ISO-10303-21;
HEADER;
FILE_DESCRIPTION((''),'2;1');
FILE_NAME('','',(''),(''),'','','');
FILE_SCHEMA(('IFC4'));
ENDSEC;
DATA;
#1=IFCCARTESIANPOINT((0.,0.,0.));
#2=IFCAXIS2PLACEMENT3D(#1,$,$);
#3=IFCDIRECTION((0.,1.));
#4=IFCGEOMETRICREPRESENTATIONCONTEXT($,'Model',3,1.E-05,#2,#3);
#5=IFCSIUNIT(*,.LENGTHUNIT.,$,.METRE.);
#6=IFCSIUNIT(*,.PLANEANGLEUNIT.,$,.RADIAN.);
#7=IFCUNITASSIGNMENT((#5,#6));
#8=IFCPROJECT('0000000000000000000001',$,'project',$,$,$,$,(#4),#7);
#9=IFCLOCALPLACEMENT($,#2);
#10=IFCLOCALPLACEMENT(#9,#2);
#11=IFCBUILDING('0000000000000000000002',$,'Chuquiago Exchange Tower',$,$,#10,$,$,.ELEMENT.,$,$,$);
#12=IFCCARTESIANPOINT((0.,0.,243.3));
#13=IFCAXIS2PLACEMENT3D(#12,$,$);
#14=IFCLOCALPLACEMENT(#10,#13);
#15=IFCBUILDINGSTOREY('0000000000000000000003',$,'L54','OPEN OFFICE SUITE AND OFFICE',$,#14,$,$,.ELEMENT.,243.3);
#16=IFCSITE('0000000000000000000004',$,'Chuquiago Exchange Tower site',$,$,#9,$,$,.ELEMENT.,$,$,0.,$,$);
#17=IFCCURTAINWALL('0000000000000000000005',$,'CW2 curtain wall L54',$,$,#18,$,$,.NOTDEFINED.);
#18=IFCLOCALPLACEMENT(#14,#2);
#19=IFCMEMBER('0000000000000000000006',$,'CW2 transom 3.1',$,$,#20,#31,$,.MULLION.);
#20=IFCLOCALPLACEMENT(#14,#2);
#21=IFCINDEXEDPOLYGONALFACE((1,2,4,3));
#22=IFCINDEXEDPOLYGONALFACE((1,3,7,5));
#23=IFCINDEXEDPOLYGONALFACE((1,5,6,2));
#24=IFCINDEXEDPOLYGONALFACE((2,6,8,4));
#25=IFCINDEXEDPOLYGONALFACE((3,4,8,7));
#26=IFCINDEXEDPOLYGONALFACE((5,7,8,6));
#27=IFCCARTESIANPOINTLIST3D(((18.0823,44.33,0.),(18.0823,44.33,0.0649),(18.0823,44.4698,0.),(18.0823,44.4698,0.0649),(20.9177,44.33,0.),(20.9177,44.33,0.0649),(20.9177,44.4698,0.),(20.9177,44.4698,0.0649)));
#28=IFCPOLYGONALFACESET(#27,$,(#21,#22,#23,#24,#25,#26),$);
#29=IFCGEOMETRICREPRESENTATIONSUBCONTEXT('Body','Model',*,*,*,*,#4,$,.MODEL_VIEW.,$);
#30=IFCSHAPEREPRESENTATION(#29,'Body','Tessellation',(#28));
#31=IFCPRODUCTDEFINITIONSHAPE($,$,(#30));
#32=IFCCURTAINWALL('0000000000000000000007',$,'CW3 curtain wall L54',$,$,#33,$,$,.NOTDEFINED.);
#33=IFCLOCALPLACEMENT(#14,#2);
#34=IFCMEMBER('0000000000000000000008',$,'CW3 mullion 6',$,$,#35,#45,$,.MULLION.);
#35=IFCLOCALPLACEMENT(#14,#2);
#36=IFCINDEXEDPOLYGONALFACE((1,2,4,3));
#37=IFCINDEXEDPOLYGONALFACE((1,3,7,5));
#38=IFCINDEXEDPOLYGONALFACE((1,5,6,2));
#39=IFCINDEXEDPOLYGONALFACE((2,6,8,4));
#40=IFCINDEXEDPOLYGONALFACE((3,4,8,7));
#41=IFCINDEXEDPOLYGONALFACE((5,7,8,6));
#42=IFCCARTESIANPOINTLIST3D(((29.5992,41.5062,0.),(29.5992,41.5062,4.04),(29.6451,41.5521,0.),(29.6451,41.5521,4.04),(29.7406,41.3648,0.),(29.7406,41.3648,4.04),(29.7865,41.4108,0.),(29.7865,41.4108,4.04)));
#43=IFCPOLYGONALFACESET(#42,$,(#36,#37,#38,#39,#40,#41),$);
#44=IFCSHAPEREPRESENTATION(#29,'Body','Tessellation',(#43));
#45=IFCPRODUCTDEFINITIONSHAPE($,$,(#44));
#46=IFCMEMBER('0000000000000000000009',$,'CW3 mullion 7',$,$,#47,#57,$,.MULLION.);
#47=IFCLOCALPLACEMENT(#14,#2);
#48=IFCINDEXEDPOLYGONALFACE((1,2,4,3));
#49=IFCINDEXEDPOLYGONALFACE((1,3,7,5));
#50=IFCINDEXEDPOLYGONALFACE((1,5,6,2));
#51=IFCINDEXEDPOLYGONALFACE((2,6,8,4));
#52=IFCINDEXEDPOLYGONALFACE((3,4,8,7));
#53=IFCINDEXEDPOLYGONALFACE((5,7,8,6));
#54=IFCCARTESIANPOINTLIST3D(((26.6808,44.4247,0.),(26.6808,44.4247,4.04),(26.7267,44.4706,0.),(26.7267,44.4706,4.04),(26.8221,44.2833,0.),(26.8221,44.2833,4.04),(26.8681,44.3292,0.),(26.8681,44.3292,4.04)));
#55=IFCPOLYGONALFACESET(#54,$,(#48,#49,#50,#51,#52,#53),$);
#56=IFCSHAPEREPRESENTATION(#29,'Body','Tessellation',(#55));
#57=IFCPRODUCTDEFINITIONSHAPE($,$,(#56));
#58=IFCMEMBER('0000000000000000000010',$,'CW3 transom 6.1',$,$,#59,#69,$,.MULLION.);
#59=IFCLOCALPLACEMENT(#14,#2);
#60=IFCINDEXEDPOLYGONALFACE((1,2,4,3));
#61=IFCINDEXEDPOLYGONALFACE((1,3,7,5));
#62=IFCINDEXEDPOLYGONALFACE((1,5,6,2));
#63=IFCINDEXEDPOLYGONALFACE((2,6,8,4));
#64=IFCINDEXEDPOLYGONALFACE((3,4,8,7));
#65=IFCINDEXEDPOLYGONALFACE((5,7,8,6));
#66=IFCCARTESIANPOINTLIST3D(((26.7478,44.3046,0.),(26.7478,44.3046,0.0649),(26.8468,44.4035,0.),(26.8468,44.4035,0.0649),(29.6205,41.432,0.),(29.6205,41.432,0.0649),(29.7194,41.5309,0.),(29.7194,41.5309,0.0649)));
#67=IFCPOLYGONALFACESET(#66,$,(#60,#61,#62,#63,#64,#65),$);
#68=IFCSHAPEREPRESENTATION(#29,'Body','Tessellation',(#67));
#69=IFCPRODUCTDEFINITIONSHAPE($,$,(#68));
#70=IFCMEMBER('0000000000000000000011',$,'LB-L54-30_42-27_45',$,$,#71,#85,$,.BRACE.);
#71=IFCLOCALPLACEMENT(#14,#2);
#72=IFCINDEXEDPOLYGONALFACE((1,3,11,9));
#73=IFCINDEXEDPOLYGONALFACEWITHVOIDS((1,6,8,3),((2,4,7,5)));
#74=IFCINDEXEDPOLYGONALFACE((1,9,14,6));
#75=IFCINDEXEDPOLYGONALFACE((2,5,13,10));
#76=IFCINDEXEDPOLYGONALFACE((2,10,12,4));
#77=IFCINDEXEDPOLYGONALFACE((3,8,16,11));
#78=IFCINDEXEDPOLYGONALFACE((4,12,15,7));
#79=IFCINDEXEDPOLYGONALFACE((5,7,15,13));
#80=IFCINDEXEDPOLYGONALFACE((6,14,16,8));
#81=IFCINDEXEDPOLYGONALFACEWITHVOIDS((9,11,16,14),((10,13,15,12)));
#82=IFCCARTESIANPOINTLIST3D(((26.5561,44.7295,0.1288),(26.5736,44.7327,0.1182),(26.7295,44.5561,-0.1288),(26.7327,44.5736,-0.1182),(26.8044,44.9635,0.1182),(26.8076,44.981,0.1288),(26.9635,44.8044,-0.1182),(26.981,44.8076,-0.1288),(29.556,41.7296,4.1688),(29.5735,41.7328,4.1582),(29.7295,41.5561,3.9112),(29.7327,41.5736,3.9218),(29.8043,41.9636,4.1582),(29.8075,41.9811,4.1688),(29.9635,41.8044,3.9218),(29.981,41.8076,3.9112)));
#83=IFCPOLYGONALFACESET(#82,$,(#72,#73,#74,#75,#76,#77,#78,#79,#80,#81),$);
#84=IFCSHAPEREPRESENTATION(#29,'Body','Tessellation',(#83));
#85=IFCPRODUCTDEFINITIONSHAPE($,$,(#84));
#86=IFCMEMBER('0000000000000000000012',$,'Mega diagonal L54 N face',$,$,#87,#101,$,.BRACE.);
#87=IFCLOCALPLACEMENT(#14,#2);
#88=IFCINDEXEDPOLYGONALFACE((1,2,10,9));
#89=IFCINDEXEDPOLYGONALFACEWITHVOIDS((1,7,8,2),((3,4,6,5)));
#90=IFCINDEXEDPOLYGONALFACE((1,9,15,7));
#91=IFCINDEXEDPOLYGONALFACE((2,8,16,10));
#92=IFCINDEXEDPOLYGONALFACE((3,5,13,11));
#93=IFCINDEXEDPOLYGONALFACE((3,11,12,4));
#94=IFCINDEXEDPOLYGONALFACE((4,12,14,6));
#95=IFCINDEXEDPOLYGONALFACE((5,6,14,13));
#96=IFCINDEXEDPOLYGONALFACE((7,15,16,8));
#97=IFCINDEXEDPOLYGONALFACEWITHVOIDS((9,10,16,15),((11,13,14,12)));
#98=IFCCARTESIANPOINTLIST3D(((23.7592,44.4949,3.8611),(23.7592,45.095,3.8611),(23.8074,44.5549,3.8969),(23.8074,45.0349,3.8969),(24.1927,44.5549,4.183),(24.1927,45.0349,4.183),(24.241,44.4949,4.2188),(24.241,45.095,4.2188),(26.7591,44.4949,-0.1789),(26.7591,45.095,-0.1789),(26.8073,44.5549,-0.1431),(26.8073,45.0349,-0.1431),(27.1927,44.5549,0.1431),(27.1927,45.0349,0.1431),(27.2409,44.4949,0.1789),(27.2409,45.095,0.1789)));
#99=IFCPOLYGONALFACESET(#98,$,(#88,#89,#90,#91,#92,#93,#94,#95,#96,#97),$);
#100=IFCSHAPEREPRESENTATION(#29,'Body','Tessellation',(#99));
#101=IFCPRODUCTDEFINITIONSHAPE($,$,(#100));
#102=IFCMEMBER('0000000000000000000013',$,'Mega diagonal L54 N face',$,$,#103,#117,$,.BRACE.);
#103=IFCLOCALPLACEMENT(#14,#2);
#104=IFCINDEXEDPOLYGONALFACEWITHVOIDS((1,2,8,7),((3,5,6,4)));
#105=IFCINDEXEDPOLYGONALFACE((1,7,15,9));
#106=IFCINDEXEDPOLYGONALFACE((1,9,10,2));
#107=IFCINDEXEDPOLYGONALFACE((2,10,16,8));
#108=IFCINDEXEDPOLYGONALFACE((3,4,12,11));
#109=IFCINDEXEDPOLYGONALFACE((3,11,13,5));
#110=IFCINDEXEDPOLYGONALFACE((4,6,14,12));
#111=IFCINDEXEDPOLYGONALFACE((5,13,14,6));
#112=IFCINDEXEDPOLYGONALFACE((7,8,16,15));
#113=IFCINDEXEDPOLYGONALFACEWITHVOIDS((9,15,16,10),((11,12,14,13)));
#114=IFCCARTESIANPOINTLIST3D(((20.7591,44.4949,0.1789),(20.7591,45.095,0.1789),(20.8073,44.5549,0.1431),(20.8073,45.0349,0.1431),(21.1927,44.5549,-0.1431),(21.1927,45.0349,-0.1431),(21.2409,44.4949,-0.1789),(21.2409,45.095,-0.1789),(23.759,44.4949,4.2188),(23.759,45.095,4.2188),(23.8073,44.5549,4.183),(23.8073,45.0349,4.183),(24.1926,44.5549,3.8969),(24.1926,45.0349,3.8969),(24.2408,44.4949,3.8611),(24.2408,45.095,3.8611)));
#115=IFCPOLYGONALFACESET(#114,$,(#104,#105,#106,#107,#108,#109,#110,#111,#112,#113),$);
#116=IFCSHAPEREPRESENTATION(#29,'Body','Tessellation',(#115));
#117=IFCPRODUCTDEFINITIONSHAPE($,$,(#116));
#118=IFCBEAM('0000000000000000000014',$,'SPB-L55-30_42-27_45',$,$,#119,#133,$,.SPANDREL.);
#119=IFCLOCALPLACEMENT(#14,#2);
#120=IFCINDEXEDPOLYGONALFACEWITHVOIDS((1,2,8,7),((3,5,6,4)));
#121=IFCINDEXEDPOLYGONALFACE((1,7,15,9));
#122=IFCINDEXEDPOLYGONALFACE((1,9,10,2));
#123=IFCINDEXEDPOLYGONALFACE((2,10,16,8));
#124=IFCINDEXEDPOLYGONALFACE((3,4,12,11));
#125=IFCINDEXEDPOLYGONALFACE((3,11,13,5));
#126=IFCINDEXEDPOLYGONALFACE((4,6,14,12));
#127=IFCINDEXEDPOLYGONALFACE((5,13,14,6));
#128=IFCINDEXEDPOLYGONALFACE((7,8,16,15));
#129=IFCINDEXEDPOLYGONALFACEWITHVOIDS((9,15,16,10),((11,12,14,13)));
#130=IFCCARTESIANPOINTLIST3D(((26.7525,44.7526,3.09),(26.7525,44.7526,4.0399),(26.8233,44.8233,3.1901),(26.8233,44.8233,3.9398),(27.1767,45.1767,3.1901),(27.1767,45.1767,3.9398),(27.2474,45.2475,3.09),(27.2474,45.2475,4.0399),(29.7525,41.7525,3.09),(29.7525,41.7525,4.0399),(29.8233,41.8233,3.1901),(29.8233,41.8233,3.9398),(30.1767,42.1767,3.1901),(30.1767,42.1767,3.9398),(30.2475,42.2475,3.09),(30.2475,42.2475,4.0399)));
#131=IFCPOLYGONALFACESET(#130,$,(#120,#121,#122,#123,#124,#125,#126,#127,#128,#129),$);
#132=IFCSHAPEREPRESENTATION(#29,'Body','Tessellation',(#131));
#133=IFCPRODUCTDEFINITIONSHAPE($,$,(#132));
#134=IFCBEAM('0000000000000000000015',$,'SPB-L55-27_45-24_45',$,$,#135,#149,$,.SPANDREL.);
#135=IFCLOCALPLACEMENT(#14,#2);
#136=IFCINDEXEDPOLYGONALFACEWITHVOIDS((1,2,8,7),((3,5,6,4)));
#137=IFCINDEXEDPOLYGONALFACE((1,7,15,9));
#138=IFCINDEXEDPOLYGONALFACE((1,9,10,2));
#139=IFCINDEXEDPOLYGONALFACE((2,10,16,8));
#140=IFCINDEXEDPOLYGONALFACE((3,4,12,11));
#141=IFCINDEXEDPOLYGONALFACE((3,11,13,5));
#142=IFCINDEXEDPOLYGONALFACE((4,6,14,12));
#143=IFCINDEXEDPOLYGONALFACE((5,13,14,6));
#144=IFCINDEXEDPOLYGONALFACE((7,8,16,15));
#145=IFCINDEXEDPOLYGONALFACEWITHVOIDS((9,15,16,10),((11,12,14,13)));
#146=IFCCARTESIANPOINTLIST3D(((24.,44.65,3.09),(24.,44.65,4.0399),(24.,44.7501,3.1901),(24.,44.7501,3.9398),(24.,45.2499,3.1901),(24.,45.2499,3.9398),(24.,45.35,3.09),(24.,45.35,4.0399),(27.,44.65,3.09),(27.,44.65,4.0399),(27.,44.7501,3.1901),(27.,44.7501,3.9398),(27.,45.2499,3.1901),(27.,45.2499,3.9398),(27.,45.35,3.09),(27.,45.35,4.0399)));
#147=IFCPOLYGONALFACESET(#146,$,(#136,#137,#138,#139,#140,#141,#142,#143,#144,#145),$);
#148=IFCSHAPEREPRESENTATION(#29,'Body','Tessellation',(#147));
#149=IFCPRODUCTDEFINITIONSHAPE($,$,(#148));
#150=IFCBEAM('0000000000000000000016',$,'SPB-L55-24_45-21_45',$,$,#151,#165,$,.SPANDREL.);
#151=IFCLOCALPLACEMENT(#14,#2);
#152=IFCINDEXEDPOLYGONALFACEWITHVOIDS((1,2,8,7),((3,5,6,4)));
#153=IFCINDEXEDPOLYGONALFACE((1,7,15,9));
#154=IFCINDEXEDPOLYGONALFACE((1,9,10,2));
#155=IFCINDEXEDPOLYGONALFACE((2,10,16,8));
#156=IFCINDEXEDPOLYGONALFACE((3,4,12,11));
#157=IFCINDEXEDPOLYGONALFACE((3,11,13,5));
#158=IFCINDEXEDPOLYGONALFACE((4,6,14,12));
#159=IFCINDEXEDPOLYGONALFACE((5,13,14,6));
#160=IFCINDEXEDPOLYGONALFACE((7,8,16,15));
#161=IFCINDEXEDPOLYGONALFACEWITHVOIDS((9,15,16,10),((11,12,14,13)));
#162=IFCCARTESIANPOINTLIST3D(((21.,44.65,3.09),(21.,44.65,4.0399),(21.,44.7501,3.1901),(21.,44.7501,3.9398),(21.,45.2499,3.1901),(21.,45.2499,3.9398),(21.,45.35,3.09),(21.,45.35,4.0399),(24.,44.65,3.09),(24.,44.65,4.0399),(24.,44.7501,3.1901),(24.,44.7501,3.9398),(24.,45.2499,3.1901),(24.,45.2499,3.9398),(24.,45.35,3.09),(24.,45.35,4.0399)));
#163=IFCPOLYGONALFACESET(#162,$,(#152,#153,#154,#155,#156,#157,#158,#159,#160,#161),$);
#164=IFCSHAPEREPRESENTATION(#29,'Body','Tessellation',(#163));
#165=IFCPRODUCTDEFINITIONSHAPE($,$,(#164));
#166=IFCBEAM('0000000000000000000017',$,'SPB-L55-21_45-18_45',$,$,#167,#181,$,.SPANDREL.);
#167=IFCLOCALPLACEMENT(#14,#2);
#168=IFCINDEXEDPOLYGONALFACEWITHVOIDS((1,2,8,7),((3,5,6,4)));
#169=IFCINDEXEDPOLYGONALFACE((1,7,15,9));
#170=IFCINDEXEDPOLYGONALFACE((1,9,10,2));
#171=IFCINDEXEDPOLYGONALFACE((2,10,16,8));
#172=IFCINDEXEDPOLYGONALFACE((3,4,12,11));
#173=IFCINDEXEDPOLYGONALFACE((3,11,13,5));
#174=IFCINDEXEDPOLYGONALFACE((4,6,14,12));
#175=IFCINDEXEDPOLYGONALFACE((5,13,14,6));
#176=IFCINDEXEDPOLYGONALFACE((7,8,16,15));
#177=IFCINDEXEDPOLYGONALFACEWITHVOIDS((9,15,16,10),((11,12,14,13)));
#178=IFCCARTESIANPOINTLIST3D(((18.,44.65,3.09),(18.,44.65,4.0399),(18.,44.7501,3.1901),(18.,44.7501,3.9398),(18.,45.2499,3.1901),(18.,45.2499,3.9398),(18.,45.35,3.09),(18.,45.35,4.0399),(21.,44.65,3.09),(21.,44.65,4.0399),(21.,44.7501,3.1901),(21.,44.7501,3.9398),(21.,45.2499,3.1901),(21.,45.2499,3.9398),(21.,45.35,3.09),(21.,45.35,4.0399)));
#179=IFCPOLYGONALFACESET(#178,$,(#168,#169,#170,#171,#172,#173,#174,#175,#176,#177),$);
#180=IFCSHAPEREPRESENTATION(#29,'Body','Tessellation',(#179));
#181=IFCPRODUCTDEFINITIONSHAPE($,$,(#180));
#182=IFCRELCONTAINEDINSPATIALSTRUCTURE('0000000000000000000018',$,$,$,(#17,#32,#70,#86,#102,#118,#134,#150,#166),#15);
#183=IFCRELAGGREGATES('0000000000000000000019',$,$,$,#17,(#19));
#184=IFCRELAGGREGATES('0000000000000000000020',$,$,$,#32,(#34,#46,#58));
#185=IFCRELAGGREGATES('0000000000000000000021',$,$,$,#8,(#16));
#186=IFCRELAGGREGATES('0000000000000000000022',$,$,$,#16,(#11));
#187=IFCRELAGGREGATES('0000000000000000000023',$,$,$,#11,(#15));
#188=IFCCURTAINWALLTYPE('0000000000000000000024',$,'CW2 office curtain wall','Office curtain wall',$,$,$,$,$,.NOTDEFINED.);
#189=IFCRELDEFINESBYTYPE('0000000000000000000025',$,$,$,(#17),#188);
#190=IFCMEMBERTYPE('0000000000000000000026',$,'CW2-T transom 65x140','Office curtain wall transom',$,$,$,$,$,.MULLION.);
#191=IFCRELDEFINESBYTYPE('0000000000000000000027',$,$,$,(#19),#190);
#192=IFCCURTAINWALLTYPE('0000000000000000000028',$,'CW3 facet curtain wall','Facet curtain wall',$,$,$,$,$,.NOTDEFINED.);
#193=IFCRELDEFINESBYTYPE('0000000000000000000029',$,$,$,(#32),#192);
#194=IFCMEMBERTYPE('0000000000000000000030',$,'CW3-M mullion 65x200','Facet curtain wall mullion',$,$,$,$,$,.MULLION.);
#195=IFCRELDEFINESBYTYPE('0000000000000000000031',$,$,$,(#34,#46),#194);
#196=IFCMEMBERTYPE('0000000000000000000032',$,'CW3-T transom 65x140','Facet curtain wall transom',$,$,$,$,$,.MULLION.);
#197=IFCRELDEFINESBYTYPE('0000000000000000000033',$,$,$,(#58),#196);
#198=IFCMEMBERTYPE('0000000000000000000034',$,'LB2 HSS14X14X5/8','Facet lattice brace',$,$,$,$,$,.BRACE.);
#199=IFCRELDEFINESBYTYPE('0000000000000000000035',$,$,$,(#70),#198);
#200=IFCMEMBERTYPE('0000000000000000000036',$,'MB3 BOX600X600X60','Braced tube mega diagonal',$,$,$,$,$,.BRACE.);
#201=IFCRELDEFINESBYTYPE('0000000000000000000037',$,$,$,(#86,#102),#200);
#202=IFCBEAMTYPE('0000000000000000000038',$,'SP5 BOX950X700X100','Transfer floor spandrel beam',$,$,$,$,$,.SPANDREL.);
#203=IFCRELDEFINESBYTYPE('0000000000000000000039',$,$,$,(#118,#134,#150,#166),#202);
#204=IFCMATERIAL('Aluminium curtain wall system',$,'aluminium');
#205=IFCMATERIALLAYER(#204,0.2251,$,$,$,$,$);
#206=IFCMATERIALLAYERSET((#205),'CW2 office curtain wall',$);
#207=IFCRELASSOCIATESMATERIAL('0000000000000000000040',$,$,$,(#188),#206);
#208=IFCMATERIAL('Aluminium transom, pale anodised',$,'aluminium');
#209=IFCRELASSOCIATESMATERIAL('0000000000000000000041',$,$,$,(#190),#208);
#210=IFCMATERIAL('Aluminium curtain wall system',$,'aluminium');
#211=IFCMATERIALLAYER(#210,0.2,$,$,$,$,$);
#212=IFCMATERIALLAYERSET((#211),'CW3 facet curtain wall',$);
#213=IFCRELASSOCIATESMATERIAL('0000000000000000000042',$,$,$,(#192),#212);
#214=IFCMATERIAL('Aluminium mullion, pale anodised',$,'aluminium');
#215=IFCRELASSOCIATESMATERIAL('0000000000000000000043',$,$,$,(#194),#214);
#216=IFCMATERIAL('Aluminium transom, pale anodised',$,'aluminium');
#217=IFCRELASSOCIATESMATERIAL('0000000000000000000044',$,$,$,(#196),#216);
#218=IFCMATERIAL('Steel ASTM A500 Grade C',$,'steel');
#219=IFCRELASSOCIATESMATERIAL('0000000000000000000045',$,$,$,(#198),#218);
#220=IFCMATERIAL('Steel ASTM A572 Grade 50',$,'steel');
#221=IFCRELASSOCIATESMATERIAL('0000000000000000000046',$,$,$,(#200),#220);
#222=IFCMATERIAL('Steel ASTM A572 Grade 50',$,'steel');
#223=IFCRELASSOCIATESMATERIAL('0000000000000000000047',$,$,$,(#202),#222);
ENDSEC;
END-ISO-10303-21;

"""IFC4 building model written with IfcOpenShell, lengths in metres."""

from ifc_helpers import new_model, si_unit, direction, frame, origin, origin_2d, place, context, subcontext, project, spatial, rectangle, hollow_rectangle, extrude, material, layer, layer_set, material_profile, profile_set, type_object, element, aggregate, save


model = new_model("IFC4")

# Units and contexts
model_context = context("Model", 3, precision=1e-05, world=origin(), true_north=direction((0.0, 1.0)))
body_context = subcontext(model_context, "Body", "Model", "MODEL_VIEW")
ifc_project = project(units=[si_unit("LENGTHUNIT", "METRE"), si_unit("PLANEANGLEUNIT", "RADIAN")], contexts=[model_context])

# Site, building, storey
site_placement = place(None, origin())
site = spatial("IfcSite", under=ifc_project, at=site_placement, Name="Chuquiago Exchange Tower site", CompositionType="ELEMENT", RefElevation=0.0)
building_placement = place(site_placement, origin())
building = spatial("IfcBuilding", under=site, at=building_placement, Name="Chuquiago Exchange Tower", CompositionType="ELEMENT")
storey_placement = place(building_placement, frame((0.0, 0.0, 243.3)))
storey = spatial("IfcBuildingStorey", under=building, at=storey_placement, Name="L54", Description="OPEN OFFICE SUITE AND OFFICE", CompositionType="ELEMENT", Elevation=243.3)

# Curtain walls, members
ifc_material_1 = material(Name="Aluminium curtain wall system", Category="aluminium")
ifc_layer_1 = layer(ifc_material_1, 0.2251)
ifc_layer_set_1 = layer_set([ifc_layer_1], Name="CW2 office curtain wall")
curtain_wall_type_1 = type_object("IfcCurtainWallType", Name="CW2 office curtain wall", Description="Office curtain wall", PredefinedType="NOTDEFINED", material=ifc_layer_set_1)
curtain_wall_1_placement = place(storey_placement, origin())
curtain_wall_1 = element("IfcCurtainWall", 1, at=curtain_wall_1_placement, inside=storey, type_object=curtain_wall_type_1, Name="CW2 curtain wall L54", PredefinedType="NOTDEFINED")
ifc_material_2 = material(Name="Aluminium transom, pale anodised", Category="aluminium")
ifc_material_profile_1 = material_profile(ifc_material_2, rectangle(XDim=0.1399, YDim=0.0649, at=origin_2d()), Name="AL 140x65")
ifc_profile_set_1 = profile_set([ifc_material_profile_1], Name="Aluminium transom, pale anodised")
member_type_1 = type_object("IfcMemberType", Name="CW2-T transom 65x140", Description="Office curtain wall transom", PredefinedType="MULLION", material=ifc_profile_set_1)
member_1_placement = place(storey_placement, frame((20.9177, 44.3999, 0.0325), z_axis=(-1.0, 0.0, 0.0), x_axis=(0.0, -1.0, 0.0)))
member_1 = element("IfcMember", 2, at=member_1_placement, type_object=member_type_1, Name="CW2 transom 3.1", PredefinedType="MULLION", context=body_context, shape_type="SweptSolid", body=[
    extrude(rectangle(XDim=0.1399, YDim=0.0649, at=origin_2d()), origin(), (0.0, 0.0, 1.0), 2.8354),
])
ifc_material_3 = material(Name="Aluminium curtain wall system", Category="aluminium")
ifc_layer_2 = layer(ifc_material_3, 0.2)
ifc_layer_set_2 = layer_set([ifc_layer_2], Name="CW3 facet curtain wall")
curtain_wall_type_2 = type_object("IfcCurtainWallType", Name="CW3 facet curtain wall", Description="Facet curtain wall", PredefinedType="NOTDEFINED", material=ifc_layer_set_2)
curtain_wall_2_placement = place(storey_placement, origin())
curtain_wall_2 = element("IfcCurtainWall", 3, at=curtain_wall_2_placement, inside=storey, type_object=curtain_wall_type_2, Name="CW3 curtain wall L54", PredefinedType="NOTDEFINED")
ifc_material_4 = material(Name="Aluminium mullion, pale anodised", Category="aluminium")
ifc_material_profile_2 = material_profile(ifc_material_4, rectangle(XDim=0.0649, YDim=0.2, at=origin_2d()), Name="AL 65x200")
ifc_profile_set_2 = profile_set([ifc_material_profile_2], Name="Aluminium mullion, pale anodised")
member_type_2 = type_object("IfcMemberType", Name="CW3-M mullion 65x200", Description="Facet curtain wall mullion", PredefinedType="MULLION", material=ifc_profile_set_2)
member_2_placement = place(storey_placement, frame((29.6929, 41.4585, 0.0), z_axis=(0.0, 0.0, 1.0), x_axis=(-0.707107, -0.707107, 0.0)))
member_2 = element("IfcMember", 4, at=member_2_placement, type_object=member_type_2, Name="CW3 mullion 6", PredefinedType="MULLION", context=body_context, shape_type="SweptSolid", body=[
    extrude(rectangle(XDim=0.0649, YDim=0.2, at=origin_2d()), origin(), (0.0, 0.0, 1.0), 4.04),
])
member_3_placement = place(storey_placement, frame((26.7744, 44.377, 0.0), z_axis=(0.0, 0.0, 1.0), x_axis=(-0.707107, -0.707107, 0.0)))
member_3 = element("IfcMember", 5, at=member_3_placement, type_object=member_type_2, Name="CW3 mullion 7", PredefinedType="MULLION", context=body_context, shape_type="SweptSolid", body=[
    extrude(rectangle(XDim=0.0649, YDim=0.2, at=origin_2d()), origin(), (0.0, 0.0, 1.0), 4.04),
])
ifc_material_5 = material(Name="Aluminium transom, pale anodised", Category="aluminium")
ifc_material_profile_3 = material_profile(ifc_material_5, rectangle(XDim=0.1399, YDim=0.0649, at=origin_2d()), Name="AL 140x65")
ifc_profile_set_3 = profile_set([ifc_material_profile_3], Name="Aluminium transom, pale anodised")
member_type_3 = type_object("IfcMemberType", Name="CW3-T transom 65x140", Description="Facet curtain wall transom", PredefinedType="MULLION", material=ifc_profile_set_3)
member_4_placement = place(storey_placement, frame((29.6699, 41.4814, 0.0325), z_axis=(-0.707107, 0.707107, 0.0), x_axis=(-0.707107, -0.707107, 0.0)))
member_4 = element("IfcMember", 6, at=member_4_placement, type_object=member_type_3, Name="CW3 transom 6.1", PredefinedType="MULLION", context=body_context, shape_type="SweptSolid", body=[
    extrude(rectangle(XDim=0.1399, YDim=0.0649, at=origin_2d()), origin(), (0.0, 0.0, 1.0), 4.0625),
])

# Members
ifc_material_6 = material(Name="Steel ASTM A500 Grade C", Category="steel")
ifc_material_profile_4 = material_profile(ifc_material_6, hollow_rectangle(XDim=0.3557, YDim=0.3557, WallThickness=0.0146, at=origin_2d()), Name="HSS14X14X5/8")
ifc_profile_set_4 = profile_set([ifc_material_profile_4], Name="Steel ASTM A500 Grade C")
member_type_4 = type_object("IfcMemberType", Name="LB2 HSS14X14X5/8", Description="Facet lattice brace", PredefinedType="BRACE", material=ifc_profile_set_4)
member_5_placement = place(storey_placement, frame((26.7686, 44.7686, 0.0), z_axis=(0.512077, -0.512077, 0.689604), x_axis=(0.707107, 0.707107, 0.0)))
element("IfcMember", 7, at=member_5_placement, inside=storey, type_object=member_type_4, Name="LB-L54-30_42-27_45", PredefinedType="BRACE", context=body_context, shape_type="SweptSolid", body=[
    extrude(hollow_rectangle(XDim=0.3557, YDim=0.3557, WallThickness=0.0146, at=origin_2d()), origin(), (0.0, 0.0, 1.0), 5.8584),
])
ifc_material_7 = material(Name="Steel ASTM A572 Grade 50", Category="steel")
ifc_material_profile_5 = material_profile(ifc_material_7, hollow_rectangle(XDim=0.6001, YDim=0.6001, WallThickness=0.0601, at=origin_2d()), Name="BOX600X600X60")
ifc_profile_set_5 = profile_set([ifc_material_profile_5], Name="Steel ASTM A572 Grade 50")
member_type_5 = type_object("IfcMemberType", Name="MB3 BOX600X600X60", Description="Braced tube mega diagonal", PredefinedType="BRACE", material=ifc_profile_set_5)
for number, where, z_axis, x_axis, name in (
    (8, (27.0, 44.7949, 0.0), (-0.596174, 0.0, 0.802855), (0.0, -1.0, 0.0), "Mega diagonal L54 N face"),
    (9, (21.0, 44.7949, 0.0), (0.596174, 0.0, 0.802855), (0.0, 1.0, 0.0), "Mega diagonal L54 N face"),
):
    element("IfcMember", number, at=place(storey_placement, frame(where, z_axis=z_axis, x_axis=x_axis)), inside=storey, type_object=member_type_5, Name=name, PredefinedType="BRACE", context=body_context, shape_type="SweptSolid", body=[
        extrude(hollow_rectangle(XDim=0.6001, YDim=0.6001, WallThickness=0.0601, at=origin_2d()), origin(), (0.0, 0.0, 1.0), 5.032),
    ])

# Beams
ifc_material_8 = material(Name="Steel ASTM A572 Grade 50", Category="steel")
ifc_material_profile_6 = material_profile(ifc_material_8, hollow_rectangle(XDim=0.7, YDim=0.95, WallThickness=0.1001, at=origin_2d()), Name="BOX950X700X100")
ifc_profile_set_6 = profile_set([ifc_material_profile_6], Name="Steel ASTM A572 Grade 50")
beam_type_1 = type_object("IfcBeamType", Name="SP5 BOX950X700X100", Description="Transfer floor spandrel beam", PredefinedType="SPANDREL", material=ifc_profile_set_6)
beam_1_placement = place(storey_placement, frame((30.0, 42.0, 3.5649), z_axis=(-0.707107, 0.707107, 0.0), x_axis=(-0.707107, -0.707107, 0.0)))
element("IfcBeam", 10, at=beam_1_placement, inside=storey, type_object=beam_type_1, Name="SPB-L55-30_42-27_45", PredefinedType="SPANDREL", context=body_context, shape_type="SweptSolid", body=[
    extrude(hollow_rectangle(XDim=0.7, YDim=0.95, WallThickness=0.1001, at=origin_2d()), origin(), (0.0, 0.0, 1.0), 4.2427),
])
for number, where, z_axis, x_axis, name in (
    (11, (27.0, 45.0, 3.5649), (-1.0, 0.0, 0.0), (0.0, -1.0, 0.0), "SPB-L55-27_45-24_45"),
    (12, (24.0, 45.0, 3.5649), (-1.0, 0.0, 0.0), (0.0, -1.0, 0.0), "SPB-L55-24_45-21_45"),
    (13, (21.0, 45.0, 3.5649), (-1.0, 0.0, 0.0), (0.0, -1.0, 0.0), "SPB-L55-21_45-18_45"),
):
    element("IfcBeam", number, at=place(storey_placement, frame(where, z_axis=z_axis, x_axis=x_axis)), inside=storey, type_object=beam_type_1, Name=name, PredefinedType="SPANDREL", context=body_context, shape_type="SweptSolid", body=[
        extrude(hollow_rectangle(XDim=0.7, YDim=0.95, WallThickness=0.1001, at=origin_2d()), origin(), (0.0, 0.0, 1.0), 3.0),
    ])

aggregate(curtain_wall_1, [member_1])
aggregate(curtain_wall_2, [member_2, member_3, member_4])

save(model, "model.ifc")
